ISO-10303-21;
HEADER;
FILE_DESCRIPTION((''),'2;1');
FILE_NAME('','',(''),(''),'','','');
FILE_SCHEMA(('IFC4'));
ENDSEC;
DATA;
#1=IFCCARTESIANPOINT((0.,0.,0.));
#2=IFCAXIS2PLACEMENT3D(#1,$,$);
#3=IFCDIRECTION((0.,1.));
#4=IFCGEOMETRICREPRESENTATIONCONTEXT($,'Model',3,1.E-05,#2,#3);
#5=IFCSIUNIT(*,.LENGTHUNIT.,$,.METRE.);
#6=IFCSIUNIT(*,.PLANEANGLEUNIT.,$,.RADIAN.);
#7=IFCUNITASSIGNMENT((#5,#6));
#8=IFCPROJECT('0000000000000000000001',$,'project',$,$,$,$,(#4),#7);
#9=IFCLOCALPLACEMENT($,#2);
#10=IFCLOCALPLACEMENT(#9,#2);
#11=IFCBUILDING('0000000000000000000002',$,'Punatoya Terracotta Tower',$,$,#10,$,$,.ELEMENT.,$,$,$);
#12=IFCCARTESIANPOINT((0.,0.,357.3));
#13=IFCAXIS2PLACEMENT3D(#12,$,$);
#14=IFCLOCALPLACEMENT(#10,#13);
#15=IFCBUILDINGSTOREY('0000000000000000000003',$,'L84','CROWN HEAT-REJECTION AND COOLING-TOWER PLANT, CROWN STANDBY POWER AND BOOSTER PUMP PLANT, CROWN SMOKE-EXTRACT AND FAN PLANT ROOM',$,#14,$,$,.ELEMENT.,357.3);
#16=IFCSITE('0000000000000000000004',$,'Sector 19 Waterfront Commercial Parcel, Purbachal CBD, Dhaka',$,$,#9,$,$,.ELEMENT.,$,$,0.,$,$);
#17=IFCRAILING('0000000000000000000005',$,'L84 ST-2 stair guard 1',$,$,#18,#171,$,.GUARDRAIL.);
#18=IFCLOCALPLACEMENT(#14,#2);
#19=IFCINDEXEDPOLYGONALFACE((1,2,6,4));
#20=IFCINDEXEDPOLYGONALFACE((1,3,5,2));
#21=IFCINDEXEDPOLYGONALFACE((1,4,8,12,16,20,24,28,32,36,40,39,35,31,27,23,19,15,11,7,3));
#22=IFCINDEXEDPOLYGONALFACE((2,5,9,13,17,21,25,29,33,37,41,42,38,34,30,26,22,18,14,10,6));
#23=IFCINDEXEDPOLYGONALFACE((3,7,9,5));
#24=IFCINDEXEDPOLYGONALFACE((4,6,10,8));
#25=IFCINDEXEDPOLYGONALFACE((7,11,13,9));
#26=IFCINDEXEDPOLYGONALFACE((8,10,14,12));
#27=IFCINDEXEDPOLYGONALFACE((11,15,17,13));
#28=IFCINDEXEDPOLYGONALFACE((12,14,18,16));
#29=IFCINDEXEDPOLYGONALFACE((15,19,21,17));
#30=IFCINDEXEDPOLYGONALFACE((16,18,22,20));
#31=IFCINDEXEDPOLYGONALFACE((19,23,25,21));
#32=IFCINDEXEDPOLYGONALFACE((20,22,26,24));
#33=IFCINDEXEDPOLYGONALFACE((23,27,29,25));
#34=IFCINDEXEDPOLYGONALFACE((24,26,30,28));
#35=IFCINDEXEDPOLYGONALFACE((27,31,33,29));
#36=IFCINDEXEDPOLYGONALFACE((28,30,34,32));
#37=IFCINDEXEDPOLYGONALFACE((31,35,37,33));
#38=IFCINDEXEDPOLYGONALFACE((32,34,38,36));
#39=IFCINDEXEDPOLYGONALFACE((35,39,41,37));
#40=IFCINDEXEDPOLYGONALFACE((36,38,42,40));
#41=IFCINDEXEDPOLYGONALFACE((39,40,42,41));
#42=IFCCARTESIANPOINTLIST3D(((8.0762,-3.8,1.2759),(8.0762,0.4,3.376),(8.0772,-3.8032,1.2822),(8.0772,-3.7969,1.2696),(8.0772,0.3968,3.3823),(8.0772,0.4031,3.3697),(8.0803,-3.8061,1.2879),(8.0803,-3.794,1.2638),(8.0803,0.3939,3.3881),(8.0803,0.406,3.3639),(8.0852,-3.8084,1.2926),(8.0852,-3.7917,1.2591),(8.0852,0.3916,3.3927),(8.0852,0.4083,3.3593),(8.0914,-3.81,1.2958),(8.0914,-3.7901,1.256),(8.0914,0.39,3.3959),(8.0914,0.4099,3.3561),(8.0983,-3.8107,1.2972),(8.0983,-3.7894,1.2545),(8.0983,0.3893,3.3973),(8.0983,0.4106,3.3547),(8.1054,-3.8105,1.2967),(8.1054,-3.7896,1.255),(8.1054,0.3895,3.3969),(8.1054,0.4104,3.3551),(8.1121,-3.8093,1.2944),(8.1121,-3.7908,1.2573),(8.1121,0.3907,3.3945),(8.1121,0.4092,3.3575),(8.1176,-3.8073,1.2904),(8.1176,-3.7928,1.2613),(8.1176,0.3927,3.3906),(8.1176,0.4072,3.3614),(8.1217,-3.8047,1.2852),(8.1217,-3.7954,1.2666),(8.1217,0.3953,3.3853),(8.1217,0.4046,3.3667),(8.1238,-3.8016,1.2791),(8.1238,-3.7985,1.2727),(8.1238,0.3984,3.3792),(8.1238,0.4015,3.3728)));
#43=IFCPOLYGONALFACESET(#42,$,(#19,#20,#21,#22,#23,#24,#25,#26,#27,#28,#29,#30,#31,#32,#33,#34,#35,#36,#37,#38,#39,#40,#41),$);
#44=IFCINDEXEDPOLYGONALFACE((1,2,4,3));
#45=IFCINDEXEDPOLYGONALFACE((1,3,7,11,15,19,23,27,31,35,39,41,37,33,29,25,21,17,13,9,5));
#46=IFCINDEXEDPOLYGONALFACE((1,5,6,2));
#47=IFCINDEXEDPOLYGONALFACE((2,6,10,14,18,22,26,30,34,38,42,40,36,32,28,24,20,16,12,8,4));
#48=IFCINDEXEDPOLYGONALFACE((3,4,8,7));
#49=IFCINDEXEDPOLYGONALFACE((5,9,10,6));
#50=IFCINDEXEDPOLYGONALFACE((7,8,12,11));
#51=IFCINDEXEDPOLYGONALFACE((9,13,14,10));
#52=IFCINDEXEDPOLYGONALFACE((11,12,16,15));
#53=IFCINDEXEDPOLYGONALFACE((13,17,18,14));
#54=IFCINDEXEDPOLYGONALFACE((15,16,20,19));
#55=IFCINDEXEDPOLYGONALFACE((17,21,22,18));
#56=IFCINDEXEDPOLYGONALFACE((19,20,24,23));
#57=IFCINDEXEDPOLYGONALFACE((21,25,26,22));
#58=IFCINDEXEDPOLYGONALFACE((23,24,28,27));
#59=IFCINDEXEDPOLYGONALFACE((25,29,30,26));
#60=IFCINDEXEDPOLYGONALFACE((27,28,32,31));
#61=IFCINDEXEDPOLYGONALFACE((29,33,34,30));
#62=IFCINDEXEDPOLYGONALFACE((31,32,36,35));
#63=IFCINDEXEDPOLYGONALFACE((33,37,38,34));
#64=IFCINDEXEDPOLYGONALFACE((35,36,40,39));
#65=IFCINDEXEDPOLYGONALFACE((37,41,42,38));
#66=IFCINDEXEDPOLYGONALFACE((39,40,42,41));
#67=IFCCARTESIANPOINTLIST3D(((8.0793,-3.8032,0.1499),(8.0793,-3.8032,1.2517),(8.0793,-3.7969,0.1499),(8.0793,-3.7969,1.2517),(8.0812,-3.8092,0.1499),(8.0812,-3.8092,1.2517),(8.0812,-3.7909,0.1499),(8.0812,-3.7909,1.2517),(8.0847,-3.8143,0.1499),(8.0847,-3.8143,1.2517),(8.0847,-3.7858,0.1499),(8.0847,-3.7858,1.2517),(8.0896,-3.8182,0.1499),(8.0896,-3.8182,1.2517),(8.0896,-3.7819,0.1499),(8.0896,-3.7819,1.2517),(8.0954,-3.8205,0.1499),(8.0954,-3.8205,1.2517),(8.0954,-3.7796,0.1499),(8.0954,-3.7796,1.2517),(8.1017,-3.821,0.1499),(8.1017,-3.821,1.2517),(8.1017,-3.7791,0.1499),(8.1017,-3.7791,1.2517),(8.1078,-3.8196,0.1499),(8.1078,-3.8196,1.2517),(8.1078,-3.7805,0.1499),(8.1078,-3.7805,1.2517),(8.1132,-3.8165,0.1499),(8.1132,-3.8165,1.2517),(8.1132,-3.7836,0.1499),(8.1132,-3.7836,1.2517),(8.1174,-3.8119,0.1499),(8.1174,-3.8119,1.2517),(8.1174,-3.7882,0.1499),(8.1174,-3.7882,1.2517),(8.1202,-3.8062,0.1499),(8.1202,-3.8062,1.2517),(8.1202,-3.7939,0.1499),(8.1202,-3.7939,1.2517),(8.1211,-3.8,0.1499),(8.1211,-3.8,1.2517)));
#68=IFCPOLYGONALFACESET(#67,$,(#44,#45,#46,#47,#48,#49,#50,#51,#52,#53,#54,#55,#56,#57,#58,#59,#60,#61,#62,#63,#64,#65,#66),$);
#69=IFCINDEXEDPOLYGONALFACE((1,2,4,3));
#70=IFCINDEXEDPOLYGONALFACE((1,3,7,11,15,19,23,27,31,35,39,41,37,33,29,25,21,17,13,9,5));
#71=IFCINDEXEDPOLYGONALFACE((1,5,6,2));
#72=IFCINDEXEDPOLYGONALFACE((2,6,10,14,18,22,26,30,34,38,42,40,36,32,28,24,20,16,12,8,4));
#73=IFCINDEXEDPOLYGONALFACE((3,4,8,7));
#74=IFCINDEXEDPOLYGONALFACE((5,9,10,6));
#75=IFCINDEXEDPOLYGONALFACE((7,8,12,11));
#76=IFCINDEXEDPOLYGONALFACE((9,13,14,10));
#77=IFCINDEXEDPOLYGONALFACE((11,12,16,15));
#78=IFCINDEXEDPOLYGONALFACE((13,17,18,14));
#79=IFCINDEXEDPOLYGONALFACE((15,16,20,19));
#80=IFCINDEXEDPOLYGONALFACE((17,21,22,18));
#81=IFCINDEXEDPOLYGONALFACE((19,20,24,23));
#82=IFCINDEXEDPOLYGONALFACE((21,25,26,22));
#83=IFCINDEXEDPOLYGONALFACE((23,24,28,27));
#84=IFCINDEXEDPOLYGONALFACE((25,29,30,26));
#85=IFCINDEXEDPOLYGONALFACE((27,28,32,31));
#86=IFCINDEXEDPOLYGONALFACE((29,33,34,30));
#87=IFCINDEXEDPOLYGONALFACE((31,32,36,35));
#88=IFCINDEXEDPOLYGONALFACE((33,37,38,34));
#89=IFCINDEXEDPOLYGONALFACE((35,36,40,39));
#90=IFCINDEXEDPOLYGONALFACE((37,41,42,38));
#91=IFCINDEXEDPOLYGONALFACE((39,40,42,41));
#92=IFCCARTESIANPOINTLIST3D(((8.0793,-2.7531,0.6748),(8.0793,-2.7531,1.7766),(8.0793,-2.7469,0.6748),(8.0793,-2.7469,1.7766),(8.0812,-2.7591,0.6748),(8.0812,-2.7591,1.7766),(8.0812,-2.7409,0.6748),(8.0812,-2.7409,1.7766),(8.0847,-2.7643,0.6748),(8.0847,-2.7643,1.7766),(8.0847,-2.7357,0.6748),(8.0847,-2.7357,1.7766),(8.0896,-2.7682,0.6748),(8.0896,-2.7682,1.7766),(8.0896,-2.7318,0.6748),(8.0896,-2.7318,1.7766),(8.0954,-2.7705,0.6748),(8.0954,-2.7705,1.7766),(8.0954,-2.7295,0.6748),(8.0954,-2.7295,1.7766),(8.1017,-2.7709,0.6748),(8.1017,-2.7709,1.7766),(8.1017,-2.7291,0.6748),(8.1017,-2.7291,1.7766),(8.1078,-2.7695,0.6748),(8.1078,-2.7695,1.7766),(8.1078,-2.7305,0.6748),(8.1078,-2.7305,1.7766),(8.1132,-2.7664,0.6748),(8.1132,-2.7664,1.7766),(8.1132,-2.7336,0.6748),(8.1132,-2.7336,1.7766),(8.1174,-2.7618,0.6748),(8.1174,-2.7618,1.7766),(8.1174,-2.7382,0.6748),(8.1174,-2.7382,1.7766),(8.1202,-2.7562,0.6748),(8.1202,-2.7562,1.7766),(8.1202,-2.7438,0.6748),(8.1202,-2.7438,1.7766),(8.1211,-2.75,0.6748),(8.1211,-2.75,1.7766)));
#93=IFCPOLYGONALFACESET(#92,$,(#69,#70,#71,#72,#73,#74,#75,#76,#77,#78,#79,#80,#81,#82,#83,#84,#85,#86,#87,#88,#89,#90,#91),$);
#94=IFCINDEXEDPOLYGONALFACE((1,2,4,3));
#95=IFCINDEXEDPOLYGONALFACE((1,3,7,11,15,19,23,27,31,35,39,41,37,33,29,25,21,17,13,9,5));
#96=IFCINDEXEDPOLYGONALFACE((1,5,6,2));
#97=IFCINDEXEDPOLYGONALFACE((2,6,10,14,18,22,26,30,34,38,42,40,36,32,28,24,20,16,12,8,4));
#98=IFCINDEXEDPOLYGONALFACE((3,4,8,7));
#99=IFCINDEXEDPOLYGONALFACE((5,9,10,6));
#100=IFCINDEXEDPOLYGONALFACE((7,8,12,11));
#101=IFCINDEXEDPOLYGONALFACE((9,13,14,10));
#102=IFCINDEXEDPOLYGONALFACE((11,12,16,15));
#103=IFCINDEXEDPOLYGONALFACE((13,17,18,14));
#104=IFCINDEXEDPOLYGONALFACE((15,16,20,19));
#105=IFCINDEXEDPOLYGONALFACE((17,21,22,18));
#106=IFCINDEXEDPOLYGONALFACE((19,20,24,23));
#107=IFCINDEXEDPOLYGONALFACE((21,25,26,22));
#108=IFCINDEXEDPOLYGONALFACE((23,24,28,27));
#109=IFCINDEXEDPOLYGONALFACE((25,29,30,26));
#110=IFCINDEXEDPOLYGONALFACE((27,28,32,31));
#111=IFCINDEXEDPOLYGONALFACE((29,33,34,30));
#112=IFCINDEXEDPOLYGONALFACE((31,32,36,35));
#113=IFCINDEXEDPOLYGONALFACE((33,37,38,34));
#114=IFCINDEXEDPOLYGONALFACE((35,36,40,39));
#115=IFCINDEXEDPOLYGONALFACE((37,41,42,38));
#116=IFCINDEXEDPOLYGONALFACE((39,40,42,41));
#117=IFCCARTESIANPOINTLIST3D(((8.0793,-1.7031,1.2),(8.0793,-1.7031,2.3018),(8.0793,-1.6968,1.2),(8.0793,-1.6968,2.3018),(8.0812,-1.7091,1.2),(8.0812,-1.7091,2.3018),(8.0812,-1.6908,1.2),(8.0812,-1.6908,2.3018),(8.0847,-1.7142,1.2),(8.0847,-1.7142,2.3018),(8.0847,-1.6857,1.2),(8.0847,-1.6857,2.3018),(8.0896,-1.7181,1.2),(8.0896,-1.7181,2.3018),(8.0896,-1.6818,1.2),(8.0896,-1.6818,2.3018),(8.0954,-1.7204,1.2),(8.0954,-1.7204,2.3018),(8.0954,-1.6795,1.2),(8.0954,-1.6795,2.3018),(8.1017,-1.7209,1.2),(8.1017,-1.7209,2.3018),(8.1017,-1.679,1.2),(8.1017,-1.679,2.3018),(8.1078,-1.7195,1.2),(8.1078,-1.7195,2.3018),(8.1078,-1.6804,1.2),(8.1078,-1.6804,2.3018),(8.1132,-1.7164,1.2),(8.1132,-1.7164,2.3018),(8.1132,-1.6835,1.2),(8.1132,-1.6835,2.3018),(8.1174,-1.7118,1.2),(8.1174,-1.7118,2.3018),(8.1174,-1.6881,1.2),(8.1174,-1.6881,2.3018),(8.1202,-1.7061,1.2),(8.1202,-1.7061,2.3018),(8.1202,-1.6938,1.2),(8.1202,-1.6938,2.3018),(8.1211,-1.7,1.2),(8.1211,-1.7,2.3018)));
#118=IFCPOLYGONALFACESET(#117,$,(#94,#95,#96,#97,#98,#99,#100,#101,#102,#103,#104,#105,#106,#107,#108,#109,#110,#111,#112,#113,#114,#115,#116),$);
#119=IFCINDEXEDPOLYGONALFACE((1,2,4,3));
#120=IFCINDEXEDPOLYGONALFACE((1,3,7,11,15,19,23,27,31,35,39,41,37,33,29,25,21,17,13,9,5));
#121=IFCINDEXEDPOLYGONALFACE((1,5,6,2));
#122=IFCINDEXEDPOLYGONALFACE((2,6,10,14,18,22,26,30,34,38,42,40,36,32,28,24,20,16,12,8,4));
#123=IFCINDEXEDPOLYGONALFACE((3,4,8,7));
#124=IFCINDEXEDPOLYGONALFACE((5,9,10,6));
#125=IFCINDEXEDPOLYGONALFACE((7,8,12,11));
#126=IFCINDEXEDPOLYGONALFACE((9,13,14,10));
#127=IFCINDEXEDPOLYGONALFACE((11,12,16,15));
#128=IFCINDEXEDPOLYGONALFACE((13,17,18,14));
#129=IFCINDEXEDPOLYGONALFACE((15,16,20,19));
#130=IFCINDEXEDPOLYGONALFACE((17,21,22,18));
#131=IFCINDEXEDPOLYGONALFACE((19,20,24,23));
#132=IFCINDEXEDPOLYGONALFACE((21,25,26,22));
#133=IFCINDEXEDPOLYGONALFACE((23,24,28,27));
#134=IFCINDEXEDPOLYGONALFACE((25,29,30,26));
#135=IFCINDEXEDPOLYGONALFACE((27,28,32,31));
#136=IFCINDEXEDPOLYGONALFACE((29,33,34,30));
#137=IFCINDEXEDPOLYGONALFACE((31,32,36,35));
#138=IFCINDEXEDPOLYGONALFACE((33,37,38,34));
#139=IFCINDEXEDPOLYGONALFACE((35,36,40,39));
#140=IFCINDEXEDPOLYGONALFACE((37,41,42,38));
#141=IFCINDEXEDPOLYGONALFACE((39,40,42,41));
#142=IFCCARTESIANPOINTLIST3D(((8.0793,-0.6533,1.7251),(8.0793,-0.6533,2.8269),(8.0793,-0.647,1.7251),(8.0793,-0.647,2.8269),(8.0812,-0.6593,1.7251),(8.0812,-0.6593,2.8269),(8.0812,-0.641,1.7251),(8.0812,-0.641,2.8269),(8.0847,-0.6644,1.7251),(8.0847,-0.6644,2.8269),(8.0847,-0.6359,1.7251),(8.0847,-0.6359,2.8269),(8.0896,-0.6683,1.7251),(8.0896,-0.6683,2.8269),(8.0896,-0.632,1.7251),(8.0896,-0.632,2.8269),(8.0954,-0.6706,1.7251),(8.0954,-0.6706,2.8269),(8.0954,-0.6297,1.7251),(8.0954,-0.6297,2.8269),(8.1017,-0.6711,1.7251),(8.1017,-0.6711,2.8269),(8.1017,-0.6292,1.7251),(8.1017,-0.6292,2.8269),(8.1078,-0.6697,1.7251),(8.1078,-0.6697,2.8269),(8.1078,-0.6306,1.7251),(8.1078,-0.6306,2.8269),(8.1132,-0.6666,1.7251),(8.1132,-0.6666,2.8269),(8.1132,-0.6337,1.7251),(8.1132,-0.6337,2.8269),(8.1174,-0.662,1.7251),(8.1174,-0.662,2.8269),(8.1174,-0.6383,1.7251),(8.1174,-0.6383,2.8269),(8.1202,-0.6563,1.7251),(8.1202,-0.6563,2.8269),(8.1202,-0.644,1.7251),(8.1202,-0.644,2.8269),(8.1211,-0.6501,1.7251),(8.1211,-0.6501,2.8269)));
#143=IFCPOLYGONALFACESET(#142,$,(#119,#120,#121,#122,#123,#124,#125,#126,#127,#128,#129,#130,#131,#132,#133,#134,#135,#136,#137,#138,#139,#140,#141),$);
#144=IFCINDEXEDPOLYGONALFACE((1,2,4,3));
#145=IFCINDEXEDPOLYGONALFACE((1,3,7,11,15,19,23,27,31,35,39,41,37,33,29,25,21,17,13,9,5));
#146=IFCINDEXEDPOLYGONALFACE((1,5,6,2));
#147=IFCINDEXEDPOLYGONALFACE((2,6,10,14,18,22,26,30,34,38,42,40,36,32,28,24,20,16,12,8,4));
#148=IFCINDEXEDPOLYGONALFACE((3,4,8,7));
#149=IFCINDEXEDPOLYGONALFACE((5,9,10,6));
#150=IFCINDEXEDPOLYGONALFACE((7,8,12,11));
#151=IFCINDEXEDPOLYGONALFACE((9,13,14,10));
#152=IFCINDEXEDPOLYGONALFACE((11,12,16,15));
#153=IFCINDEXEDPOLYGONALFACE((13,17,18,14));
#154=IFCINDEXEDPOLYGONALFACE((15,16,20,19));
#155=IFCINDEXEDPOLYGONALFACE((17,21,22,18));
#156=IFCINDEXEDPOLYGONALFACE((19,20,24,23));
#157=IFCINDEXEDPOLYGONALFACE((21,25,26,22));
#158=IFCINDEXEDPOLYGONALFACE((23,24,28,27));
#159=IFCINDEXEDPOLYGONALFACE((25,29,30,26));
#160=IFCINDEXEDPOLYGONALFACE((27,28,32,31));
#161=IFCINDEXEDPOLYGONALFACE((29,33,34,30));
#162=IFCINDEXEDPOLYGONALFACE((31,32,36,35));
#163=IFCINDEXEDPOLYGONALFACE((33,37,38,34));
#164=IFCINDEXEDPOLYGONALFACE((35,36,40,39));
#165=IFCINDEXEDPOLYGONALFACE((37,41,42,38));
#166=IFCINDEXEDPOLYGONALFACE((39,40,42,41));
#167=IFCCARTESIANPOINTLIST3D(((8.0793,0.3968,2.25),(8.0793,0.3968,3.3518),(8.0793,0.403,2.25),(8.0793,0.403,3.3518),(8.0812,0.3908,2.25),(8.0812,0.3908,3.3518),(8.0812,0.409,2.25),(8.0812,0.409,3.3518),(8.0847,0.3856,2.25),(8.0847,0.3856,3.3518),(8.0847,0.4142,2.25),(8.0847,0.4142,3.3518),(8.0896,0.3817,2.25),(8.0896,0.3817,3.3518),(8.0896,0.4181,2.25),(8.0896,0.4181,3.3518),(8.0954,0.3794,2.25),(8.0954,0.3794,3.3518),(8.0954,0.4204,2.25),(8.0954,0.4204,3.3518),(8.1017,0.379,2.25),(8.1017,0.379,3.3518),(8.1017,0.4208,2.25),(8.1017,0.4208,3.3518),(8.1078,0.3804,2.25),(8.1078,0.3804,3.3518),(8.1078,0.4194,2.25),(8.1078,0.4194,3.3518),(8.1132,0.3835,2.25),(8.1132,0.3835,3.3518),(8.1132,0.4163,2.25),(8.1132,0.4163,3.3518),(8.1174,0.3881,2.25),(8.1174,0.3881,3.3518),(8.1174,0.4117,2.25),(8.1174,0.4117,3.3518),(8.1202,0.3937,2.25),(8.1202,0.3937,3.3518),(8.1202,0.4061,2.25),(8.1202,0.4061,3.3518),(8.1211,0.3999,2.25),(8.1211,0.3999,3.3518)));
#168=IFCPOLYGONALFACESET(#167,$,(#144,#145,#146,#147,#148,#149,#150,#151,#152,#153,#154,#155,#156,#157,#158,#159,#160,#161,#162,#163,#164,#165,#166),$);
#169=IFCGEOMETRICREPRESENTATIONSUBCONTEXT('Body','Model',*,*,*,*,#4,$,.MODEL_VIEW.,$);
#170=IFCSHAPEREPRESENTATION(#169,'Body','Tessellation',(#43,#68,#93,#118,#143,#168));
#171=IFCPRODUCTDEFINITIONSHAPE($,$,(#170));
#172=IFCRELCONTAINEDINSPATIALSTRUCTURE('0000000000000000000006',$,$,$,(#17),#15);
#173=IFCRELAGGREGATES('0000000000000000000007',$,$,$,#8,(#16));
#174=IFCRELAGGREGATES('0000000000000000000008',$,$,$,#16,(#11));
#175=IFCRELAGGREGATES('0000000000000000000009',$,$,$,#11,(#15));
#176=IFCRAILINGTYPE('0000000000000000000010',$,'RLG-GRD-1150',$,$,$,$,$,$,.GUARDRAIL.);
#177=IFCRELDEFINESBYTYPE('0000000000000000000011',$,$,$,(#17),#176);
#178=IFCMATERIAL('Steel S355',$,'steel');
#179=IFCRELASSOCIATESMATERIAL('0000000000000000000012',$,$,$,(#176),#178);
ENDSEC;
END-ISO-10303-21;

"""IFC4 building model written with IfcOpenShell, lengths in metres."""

from ifc_helpers import new_model, si_unit, direction, frame, origin, origin_2d, place, context, subcontext, project, spatial, circle, extrude, material, type_object, element, save


model = new_model("IFC4")

# Units and contexts
model_context = context("Model", 3, precision=1e-05, world=origin(), true_north=direction((0.0, 1.0)))
body_context = subcontext(model_context, "Body", "Model", "MODEL_VIEW")
ifc_project = project(units=[si_unit("LENGTHUNIT", "METRE"), si_unit("PLANEANGLEUNIT", "RADIAN")], contexts=[model_context])

# Site, building, storey
site_placement = place(None, origin())
site = spatial("IfcSite", under=ifc_project, at=site_placement, Name="Sector 19 Waterfront Commercial Parcel, Purbachal CBD, Dhaka", CompositionType="ELEMENT", RefElevation=0.0)
building_placement = place(site_placement, origin())
building = spatial("IfcBuilding", under=site, at=building_placement, Name="Punatoya Terracotta Tower", CompositionType="ELEMENT")
storey_placement = place(building_placement, frame((0.0, 0.0, 357.3)))
storey = spatial("IfcBuildingStorey", under=building, at=storey_placement, Name="L84", Description="CROWN HEAT-REJECTION AND COOLING-TOWER PLANT, CROWN STANDBY POWER AND BOOSTER PUMP PLANT, CROWN SMOKE-EXTRACT AND FAN PLANT ROOM", CompositionType="ELEMENT", Elevation=357.3)

# Railing
ifc_material_1 = material(Name="Steel S355", Category="steel")
railing_type_1 = type_object("IfcRailingType", Name="RLG-GRD-1150", PredefinedType="GUARDRAIL", material=ifc_material_1)
railing_1_placement = place(storey_placement, frame((8.1001, -3.8, 0.1499)))
element("IfcRailing", 1, at=railing_1_placement, inside=storey, type_object=railing_type_1, Name="L84 ST-2 stair guard 1", PredefinedType="GUARDRAIL", context=body_context, shape_type="SweptSolid", body=[
    extrude(circle(Radius=0.0239, at=origin_2d()), frame((0.0, 0.0, 1.126), z_axis=(0.0, 0.894417, 0.447234), x_axis=(-1.0, 0.0, 0.0)), (0.0, 0.0, 1.0), 4.6958),
    extrude(circle(Radius=0.021, at=origin_2d()), origin(), (0.0, 0.0, 1.0), 1.1018),
    extrude(circle(Radius=0.021, at=origin_2d()), frame((0.0, 1.05, 0.5249)), (0.0, 0.0, 1.0), 1.1018),
    extrude(circle(Radius=0.021, at=origin_2d()), frame((0.0, 2.1001, 1.05)), (0.0, 0.0, 1.0), 1.1018),
    extrude(circle(Radius=0.021, at=origin_2d()), frame((0.0, 3.1499, 1.5752)), (0.0, 0.0, 1.0), 1.1018),
    extrude(circle(Radius=0.021, at=origin_2d()), frame((0.0, 4.2, 2.1001)), (0.0, 0.0, 1.0), 1.1018),
])

save(model, "model.ifc")
